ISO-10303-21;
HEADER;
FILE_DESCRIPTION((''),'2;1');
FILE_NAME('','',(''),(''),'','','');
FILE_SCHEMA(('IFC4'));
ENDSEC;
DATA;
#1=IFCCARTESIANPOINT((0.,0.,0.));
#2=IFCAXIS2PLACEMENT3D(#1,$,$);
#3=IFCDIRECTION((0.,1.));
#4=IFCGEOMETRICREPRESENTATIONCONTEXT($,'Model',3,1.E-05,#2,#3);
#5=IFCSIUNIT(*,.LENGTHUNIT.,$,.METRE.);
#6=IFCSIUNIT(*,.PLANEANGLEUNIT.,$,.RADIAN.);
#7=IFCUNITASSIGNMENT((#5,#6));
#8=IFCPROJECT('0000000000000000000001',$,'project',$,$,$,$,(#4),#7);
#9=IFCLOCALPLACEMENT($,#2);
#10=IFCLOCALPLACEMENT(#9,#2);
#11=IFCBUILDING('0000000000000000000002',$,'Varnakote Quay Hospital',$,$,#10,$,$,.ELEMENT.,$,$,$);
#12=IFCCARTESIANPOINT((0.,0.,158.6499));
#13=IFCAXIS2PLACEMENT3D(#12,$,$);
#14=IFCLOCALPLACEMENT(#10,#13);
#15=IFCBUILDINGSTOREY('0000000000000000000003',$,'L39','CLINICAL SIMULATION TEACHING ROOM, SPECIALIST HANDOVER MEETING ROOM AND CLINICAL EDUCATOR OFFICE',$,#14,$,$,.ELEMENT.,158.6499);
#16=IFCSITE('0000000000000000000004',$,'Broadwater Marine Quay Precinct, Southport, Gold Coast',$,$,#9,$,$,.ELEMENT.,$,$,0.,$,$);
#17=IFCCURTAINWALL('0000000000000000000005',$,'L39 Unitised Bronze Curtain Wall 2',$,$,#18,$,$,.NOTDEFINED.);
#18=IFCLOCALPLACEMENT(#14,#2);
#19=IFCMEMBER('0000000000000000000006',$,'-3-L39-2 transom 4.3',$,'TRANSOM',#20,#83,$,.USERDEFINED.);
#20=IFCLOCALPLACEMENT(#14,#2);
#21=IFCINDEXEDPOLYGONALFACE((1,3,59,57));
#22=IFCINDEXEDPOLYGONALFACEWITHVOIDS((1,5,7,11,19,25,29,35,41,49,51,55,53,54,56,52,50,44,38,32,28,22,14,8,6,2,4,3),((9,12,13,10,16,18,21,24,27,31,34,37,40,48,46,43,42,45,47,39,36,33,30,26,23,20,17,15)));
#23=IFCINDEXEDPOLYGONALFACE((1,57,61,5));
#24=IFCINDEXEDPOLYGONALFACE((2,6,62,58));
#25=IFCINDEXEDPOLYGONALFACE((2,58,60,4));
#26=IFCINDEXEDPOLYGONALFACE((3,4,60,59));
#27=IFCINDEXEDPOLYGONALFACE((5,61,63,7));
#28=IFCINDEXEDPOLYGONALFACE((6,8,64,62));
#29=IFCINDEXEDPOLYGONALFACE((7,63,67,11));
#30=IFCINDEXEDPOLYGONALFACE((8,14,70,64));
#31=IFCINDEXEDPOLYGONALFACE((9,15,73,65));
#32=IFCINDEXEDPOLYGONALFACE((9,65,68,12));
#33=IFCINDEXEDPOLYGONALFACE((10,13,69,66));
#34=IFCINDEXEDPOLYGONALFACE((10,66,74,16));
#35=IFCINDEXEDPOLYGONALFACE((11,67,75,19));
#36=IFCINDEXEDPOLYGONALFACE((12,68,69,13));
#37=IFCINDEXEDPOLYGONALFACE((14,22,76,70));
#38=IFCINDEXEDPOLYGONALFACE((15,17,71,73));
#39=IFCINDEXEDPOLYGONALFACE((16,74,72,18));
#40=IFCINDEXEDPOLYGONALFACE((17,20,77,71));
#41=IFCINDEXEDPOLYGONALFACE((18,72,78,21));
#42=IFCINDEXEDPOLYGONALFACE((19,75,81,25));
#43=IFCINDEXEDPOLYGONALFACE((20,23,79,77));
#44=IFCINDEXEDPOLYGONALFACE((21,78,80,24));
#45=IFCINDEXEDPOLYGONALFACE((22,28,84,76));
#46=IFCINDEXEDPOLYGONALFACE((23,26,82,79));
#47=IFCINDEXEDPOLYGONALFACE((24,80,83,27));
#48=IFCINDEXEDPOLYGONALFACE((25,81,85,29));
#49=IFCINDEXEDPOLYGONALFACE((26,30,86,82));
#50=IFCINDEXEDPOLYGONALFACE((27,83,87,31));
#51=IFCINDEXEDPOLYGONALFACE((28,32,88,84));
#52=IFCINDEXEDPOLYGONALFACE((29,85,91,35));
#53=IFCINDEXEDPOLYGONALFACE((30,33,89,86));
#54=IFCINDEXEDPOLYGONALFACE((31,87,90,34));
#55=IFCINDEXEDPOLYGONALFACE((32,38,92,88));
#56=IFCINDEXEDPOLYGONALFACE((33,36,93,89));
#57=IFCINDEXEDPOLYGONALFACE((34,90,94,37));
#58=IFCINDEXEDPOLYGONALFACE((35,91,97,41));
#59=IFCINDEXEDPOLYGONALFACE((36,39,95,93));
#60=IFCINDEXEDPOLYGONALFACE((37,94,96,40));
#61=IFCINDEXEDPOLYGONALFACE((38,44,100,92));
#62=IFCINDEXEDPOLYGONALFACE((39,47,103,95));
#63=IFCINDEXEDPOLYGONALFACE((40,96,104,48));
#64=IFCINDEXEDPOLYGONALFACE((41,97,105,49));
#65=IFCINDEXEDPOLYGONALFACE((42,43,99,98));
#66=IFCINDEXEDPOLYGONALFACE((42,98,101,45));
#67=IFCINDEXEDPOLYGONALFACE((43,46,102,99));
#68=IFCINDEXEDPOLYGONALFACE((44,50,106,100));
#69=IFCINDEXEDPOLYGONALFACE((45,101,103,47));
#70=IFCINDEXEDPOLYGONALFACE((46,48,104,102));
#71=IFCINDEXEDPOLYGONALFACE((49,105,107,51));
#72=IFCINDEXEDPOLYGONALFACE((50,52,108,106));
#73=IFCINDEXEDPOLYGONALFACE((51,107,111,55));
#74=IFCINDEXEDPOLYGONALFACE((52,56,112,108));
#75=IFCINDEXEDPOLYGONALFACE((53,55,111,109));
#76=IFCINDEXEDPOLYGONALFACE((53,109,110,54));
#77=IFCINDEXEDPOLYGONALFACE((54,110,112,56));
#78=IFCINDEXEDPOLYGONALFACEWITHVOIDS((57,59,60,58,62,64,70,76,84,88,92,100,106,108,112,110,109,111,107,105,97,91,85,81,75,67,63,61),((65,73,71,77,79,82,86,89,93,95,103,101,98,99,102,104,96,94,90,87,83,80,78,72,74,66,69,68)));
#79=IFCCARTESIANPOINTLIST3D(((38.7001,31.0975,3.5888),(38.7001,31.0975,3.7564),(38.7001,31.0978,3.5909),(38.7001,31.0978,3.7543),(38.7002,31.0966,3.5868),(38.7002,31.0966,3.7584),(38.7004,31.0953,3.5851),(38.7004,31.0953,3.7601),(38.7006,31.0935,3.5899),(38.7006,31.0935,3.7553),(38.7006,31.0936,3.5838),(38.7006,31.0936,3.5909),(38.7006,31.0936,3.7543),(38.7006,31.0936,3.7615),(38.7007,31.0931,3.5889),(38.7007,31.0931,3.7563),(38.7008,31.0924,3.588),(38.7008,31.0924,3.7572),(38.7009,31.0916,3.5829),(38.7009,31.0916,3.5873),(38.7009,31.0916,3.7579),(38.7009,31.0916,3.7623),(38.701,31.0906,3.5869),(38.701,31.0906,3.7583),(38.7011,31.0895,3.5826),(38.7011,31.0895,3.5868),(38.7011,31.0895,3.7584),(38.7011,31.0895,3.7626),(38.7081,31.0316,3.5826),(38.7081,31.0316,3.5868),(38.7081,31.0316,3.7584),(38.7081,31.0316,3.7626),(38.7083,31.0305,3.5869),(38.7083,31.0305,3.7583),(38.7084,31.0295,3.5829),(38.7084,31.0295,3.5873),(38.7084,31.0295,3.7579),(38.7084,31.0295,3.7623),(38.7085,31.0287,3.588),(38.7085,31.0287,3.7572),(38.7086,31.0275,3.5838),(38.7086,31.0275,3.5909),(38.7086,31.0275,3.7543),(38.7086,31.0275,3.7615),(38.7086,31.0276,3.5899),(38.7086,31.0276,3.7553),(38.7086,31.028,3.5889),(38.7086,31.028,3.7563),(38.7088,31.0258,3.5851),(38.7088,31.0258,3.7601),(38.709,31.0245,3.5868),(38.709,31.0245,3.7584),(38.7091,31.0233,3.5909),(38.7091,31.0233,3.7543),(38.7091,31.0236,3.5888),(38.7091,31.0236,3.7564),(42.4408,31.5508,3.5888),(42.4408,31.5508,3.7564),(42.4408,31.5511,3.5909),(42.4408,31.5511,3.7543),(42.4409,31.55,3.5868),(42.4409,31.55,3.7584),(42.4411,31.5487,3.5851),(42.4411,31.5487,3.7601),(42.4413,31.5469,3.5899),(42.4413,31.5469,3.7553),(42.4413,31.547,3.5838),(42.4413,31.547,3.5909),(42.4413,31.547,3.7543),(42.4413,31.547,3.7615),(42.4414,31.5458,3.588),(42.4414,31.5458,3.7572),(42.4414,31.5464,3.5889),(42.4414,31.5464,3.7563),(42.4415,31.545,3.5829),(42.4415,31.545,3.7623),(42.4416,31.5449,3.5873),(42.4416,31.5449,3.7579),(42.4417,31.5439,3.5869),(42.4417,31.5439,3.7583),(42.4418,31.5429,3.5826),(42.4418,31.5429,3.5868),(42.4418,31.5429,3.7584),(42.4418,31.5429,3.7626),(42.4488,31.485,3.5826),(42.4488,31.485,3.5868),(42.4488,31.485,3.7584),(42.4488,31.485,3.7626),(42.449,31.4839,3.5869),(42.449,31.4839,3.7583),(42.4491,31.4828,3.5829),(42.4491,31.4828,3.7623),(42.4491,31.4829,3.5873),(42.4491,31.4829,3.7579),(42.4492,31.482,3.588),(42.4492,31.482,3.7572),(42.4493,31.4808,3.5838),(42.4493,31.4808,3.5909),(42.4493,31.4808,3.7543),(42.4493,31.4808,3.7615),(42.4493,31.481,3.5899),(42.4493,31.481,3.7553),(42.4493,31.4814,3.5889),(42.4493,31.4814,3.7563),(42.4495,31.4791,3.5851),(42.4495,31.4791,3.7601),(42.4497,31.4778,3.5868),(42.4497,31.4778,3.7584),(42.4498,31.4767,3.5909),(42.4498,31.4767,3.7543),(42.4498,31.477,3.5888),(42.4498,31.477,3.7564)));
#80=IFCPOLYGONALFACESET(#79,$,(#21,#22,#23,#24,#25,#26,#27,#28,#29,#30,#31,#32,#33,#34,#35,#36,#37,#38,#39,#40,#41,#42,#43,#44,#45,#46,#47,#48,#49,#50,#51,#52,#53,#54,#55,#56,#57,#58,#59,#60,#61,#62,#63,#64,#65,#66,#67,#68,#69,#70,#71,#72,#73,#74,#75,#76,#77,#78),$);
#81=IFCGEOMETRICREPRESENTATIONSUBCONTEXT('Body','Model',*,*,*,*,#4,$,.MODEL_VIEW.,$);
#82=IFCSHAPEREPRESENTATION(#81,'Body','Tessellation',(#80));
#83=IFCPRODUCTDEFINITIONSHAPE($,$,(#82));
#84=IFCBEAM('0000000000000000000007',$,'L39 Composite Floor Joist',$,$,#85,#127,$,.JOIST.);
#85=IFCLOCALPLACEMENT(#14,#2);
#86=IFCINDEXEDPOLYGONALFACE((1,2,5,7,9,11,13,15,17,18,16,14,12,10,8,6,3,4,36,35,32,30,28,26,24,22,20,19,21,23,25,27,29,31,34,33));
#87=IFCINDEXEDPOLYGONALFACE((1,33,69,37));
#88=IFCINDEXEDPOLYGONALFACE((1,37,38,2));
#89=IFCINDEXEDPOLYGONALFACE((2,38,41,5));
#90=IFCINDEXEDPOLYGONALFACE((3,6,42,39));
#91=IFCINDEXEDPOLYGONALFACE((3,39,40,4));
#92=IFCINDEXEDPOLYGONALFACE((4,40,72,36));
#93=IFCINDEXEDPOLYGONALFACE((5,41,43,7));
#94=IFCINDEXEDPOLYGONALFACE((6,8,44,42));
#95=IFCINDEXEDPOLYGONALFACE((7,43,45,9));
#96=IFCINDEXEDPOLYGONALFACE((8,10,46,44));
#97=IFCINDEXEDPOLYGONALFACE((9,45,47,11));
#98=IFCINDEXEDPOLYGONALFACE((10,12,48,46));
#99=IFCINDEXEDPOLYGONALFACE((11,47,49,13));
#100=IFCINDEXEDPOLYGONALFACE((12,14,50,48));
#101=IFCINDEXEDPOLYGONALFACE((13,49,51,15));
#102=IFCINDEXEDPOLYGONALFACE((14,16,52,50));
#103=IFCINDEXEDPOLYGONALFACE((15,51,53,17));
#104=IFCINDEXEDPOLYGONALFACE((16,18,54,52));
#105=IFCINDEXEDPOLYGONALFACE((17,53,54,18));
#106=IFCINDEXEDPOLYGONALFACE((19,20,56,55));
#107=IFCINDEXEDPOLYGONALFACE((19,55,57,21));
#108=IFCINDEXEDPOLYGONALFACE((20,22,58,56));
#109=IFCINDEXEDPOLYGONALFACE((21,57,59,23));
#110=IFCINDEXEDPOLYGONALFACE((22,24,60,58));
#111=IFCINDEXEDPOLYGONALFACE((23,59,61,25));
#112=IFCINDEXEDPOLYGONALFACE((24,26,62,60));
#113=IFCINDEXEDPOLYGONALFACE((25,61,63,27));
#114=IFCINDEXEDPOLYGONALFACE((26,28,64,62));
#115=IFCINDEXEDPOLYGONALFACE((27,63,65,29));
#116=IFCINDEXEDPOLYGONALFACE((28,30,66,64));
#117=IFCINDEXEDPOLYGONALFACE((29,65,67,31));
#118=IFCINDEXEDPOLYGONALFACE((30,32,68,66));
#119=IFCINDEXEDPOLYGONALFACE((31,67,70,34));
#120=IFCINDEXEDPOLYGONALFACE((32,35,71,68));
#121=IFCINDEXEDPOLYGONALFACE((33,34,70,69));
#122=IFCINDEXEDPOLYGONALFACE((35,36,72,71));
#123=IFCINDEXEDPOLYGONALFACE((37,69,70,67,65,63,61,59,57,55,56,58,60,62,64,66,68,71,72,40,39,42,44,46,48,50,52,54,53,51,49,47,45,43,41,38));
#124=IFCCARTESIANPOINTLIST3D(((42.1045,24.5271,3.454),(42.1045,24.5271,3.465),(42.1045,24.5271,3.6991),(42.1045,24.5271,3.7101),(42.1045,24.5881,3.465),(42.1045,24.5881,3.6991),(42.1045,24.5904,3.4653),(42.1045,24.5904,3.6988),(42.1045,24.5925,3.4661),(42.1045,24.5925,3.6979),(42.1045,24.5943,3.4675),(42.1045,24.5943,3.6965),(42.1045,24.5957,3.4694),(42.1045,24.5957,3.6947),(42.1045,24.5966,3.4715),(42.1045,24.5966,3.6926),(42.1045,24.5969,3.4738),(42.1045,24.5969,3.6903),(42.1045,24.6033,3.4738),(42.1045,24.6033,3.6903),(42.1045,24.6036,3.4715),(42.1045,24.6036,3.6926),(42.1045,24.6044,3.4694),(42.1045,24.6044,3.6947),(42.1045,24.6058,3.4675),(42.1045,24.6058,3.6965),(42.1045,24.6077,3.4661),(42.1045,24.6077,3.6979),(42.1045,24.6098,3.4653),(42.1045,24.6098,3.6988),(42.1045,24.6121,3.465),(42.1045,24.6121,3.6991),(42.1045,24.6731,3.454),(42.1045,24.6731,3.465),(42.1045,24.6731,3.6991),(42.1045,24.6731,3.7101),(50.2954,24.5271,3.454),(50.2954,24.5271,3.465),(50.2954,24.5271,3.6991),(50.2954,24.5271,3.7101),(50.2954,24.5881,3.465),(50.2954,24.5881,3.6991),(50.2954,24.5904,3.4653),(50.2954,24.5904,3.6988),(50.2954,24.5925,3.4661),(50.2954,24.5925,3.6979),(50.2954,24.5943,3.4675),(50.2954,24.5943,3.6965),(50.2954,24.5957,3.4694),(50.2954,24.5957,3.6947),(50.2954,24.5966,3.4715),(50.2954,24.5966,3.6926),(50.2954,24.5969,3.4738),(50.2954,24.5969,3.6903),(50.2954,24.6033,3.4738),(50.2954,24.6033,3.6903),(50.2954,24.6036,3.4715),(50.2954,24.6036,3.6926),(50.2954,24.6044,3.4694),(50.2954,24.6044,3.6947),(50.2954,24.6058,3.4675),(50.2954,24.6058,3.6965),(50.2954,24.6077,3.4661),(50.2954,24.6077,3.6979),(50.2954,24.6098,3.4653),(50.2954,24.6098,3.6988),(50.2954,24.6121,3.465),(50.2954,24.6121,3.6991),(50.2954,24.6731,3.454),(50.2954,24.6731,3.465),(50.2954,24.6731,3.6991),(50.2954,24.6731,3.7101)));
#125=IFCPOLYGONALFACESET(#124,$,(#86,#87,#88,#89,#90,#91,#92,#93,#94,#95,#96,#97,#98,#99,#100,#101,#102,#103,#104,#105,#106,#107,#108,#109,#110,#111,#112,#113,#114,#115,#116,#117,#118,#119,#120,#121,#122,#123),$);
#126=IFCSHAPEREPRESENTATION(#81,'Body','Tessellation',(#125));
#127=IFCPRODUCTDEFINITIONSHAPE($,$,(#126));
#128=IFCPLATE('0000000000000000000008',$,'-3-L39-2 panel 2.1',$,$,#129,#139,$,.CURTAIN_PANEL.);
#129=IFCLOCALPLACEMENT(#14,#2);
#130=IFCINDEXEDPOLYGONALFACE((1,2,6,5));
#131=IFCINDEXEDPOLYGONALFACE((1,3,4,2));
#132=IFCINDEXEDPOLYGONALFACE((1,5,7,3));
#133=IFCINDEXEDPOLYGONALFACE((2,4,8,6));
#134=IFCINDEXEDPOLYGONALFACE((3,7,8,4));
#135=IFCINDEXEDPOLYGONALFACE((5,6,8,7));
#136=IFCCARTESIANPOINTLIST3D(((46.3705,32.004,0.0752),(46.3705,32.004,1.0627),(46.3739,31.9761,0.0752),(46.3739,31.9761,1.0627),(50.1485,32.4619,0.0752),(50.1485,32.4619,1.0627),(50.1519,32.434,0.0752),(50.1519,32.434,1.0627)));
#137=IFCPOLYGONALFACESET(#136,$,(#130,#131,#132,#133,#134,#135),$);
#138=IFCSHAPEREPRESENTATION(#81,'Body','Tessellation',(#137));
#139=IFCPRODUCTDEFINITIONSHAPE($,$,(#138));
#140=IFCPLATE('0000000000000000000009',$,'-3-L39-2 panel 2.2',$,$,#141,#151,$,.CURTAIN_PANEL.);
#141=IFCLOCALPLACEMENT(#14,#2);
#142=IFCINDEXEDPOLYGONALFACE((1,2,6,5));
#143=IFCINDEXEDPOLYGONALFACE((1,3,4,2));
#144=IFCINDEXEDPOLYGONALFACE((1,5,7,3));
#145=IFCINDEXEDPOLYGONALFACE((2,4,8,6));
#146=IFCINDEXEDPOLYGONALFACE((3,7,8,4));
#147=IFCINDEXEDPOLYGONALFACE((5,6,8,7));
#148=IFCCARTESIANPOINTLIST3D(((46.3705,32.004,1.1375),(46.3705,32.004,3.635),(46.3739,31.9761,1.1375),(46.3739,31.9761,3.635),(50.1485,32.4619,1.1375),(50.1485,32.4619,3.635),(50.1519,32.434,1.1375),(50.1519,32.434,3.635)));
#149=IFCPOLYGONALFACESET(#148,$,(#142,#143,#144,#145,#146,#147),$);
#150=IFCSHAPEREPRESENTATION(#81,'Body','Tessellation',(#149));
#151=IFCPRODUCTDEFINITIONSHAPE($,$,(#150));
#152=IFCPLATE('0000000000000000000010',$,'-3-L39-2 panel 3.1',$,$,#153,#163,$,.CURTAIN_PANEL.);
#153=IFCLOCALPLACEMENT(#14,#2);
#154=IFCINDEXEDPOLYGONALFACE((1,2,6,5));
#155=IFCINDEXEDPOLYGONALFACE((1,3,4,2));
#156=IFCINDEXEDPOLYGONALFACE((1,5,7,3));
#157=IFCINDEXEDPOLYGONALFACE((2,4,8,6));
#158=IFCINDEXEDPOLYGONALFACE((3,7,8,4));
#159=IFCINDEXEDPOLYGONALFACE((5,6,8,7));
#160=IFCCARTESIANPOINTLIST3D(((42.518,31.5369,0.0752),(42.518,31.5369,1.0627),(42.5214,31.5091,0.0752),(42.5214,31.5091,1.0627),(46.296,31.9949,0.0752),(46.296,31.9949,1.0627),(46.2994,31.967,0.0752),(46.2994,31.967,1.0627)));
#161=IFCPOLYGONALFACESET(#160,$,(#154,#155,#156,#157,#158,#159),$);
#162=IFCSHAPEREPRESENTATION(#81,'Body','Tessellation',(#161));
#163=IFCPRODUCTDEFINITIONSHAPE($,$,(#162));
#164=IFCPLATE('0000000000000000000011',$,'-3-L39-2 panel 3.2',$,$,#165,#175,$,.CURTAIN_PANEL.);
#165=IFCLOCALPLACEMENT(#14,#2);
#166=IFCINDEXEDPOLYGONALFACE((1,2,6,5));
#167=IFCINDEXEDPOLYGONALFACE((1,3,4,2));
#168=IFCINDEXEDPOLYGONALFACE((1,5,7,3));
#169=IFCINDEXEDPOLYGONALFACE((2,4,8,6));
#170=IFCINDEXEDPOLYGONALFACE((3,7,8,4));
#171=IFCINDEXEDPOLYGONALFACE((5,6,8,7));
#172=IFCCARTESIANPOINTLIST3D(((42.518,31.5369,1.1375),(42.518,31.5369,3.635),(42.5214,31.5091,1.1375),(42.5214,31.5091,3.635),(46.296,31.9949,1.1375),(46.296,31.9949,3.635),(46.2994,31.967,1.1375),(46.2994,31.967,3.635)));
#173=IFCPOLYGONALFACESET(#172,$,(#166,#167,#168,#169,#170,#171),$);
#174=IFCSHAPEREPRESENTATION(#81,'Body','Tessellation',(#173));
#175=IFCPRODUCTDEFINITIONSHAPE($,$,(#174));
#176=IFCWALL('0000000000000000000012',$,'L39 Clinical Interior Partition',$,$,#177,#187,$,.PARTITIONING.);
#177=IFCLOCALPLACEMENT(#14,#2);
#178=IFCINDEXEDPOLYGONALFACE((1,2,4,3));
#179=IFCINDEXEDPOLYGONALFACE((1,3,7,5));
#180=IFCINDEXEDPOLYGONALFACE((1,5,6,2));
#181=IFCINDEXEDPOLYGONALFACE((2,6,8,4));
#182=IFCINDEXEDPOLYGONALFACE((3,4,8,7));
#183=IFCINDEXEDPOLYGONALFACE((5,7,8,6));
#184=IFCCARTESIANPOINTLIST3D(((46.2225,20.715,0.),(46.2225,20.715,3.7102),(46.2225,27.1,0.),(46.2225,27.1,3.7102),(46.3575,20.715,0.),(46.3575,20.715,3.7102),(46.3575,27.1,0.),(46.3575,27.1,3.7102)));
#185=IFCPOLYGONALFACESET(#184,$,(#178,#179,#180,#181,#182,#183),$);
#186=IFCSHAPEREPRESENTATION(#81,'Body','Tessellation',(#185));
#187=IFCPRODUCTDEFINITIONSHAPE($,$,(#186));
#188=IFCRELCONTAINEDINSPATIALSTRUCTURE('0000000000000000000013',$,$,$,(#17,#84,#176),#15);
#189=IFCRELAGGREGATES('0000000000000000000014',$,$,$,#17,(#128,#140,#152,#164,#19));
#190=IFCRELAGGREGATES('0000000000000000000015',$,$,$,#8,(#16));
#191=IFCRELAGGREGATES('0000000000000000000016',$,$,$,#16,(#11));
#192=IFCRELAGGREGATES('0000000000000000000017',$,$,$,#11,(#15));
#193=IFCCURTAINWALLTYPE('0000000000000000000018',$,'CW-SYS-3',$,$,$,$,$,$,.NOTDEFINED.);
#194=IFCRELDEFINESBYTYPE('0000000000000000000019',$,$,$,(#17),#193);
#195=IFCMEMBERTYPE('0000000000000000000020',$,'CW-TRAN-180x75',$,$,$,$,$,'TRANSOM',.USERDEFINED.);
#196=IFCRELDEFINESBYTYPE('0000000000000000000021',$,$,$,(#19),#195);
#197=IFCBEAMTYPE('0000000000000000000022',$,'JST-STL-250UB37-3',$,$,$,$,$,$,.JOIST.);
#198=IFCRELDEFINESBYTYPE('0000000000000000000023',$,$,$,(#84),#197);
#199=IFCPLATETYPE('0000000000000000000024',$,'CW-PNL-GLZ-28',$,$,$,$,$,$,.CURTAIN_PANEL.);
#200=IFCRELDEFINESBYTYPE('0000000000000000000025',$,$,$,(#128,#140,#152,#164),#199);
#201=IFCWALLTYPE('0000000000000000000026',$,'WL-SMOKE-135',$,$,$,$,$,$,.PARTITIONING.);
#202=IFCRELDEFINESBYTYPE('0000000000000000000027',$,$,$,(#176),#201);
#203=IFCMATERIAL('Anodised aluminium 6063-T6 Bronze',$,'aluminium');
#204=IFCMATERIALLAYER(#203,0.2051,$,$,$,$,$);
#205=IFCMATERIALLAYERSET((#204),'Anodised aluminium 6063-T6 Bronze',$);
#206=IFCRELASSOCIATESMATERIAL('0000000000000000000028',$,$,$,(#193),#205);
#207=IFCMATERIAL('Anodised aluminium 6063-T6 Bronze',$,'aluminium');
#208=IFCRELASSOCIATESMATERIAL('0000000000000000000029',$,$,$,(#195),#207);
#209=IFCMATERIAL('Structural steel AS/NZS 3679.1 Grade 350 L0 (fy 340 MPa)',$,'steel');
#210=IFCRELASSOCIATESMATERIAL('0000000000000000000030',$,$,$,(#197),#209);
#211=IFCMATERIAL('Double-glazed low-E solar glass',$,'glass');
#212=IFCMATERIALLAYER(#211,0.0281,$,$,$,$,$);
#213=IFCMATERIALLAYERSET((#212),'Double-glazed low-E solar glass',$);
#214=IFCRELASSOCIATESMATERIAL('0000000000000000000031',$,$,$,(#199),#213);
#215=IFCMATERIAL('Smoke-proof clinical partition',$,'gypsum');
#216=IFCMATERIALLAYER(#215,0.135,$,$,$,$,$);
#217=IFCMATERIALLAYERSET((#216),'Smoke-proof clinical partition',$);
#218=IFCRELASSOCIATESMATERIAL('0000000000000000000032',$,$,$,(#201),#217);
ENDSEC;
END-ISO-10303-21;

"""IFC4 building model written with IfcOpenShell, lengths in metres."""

from ifc_helpers import new_model, si_unit, direction, frame, frame_2d, origin, origin_2d, place, context, subcontext, project, spatial, rectangle, hollow_rectangle, i_section, extrude, material, layer, layer_set, material_profile, profile_set, type_object, element, aggregate, save


model = new_model("IFC4")

# Units and contexts
model_context = context("Model", 3, precision=1e-05, world=origin(), true_north=direction((0.0, 1.0)))
body_context = subcontext(model_context, "Body", "Model", "MODEL_VIEW")
ifc_project = project(units=[si_unit("LENGTHUNIT", "METRE"), si_unit("PLANEANGLEUNIT", "RADIAN")], contexts=[model_context])

# Site, building, storey
site_placement = place(None, origin())
site = spatial("IfcSite", under=ifc_project, at=site_placement, Name="Broadwater Marine Quay Precinct, Southport, Gold Coast", CompositionType="ELEMENT", RefElevation=0.0)
building_placement = place(site_placement, origin())
building = spatial("IfcBuilding", under=site, at=building_placement, Name="Varnakote Quay Hospital", CompositionType="ELEMENT")
storey_placement = place(building_placement, frame((0.0, 0.0, 158.6499)))
storey = spatial("IfcBuildingStorey", under=building, at=storey_placement, Name="L39", Description="CLINICAL SIMULATION TEACHING ROOM, SPECIALIST HANDOVER MEETING ROOM AND CLINICAL EDUCATOR OFFICE", CompositionType="ELEMENT", Elevation=158.6499)

# Curtain wall, member
ifc_material_1 = material(Name="Anodised aluminium 6063-T6 Bronze", Category="aluminium")
ifc_layer_1 = layer(ifc_material_1, 0.2051)
ifc_layer_set_1 = layer_set([ifc_layer_1], Name="Anodised aluminium 6063-T6 Bronze")
curtain_wall_type = type_object("IfcCurtainWallType", Name="CW-SYS-3", PredefinedType="NOTDEFINED", material=ifc_layer_set_1)
curtain_wall_placement = place(storey_placement, origin())
curtain_wall = element("IfcCurtainWall", 1, at=curtain_wall_placement, inside=storey, type_object=curtain_wall_type, Name="L39 Unitised Bronze Curtain Wall 2", PredefinedType="NOTDEFINED")
ifc_material_2 = material(Name="Anodised aluminium 6063-T6 Bronze", Category="aluminium")
ifc_material_profile_1 = material_profile(ifc_material_2, hollow_rectangle(XDim=0.075, YDim=0.1799, WallThickness=0.0042, InnerFilletRadius=0.0042, OuterFilletRadius=0.0083, at=origin_2d()), Name="CW-TRAN-180x75")
ifc_profile_set_1 = profile_set([ifc_material_profile_1], Name="Anodised aluminium 6063-T6 Bronze")
member_type_1 = type_object("IfcMemberType", Name="CW-TRAN-180x75", ElementType="TRANSOM", PredefinedType="USERDEFINED", material=ifc_profile_set_1)
member_1_placement = place(storey_placement, frame((42.4453, 31.5139, 3.6726), z_axis=(-0.992735, -0.120318, 0.0), x_axis=(0.120318, -0.992735, 0.0)))
member_1 = element("IfcMember", 2, at=member_1_placement, type_object=member_type_1, Name="-3-L39-2 transom 4.3", ObjectType="TRANSOM", PredefinedType="USERDEFINED", context=body_context, shape_type="SweptSolid", body=[
    extrude(hollow_rectangle(XDim=0.075, YDim=0.1799, WallThickness=0.0042, InnerFilletRadius=0.0042, OuterFilletRadius=0.0083, at=origin_2d()), origin(), (0.0, 0.0, 1.0), 3.7681),
])

# Beam
ifc_material_3 = material(Name="Structural steel AS/NZS 3679.1 Grade 350 L0 (fy 340 MPa)", Category="steel")
ifc_material_profile_2 = material_profile(ifc_material_3, i_section(OverallWidth=0.146, OverallDepth=0.2561, WebThickness=0.0063, FlangeThickness=0.011, FilletRadius=0.0088, at=origin_2d()), Name="250UB37.3")
ifc_profile_set_2 = profile_set([ifc_material_profile_2], Name="Structural steel AS/NZS 3679.1 Grade 350 L0 (fy 340 MPa)")
beam_type_1 = type_object("IfcBeamType", Name="JST-STL-250UB37-3", PredefinedType="JOIST", material=ifc_profile_set_2)
beam_1_placement = place(storey_placement, frame((42.1045, 24.6001, 3.582), z_axis=(1.0, 0.0, 0.0), x_axis=(0.0, 1.0, 0.0)))
element("IfcBeam", 3, at=beam_1_placement, inside=storey, type_object=beam_type_1, Name="L39 Composite Floor Joist", PredefinedType="JOIST", context=body_context, shape_type="SweptSolid", body=[
    extrude(i_section(OverallWidth=0.146, OverallDepth=0.2561, WebThickness=0.0063, FlangeThickness=0.011, FilletRadius=0.0088, at=origin_2d()), origin(), (0.0, 0.0, 1.0), 8.1909),
])

# Plates
ifc_material_4 = material(Name="Double-glazed low-E solar glass", Category="glass")
ifc_layer_2 = layer(ifc_material_4, 0.0281)
ifc_layer_set_2 = layer_set([ifc_layer_2], Name="Double-glazed low-E solar glass")
plate_type = type_object("IfcPlateType", Name="CW-PNL-GLZ-28", PredefinedType="CURTAIN_PANEL", material=ifc_layer_set_2)
plate_1_placement = place(storey_placement, frame((48.2612, 32.219, 0.0752), z_axis=(0.0, 0.0, 1.0), x_axis=(-0.992734, -0.120327, 0.0)))
plate_1 = element("IfcPlate", 4, at=plate_1_placement, type_object=plate_type, Name="-3-L39-2 panel 2.1", PredefinedType="CURTAIN_PANEL", context=body_context, shape_type="SweptSolid", body=[
    extrude(rectangle(XDim=3.8057, YDim=0.0281, at=origin_2d()), origin(), (0.0, 0.0, 1.0), 0.9875),
])
plate_2_placement = place(storey_placement, frame((48.2612, 32.219, 1.1375), z_axis=(0.0, 0.0, 1.0), x_axis=(-0.992734, -0.120327, 0.0)))
plate_2 = element("IfcPlate", 5, at=plate_2_placement, type_object=plate_type, Name="-3-L39-2 panel 2.2", PredefinedType="CURTAIN_PANEL", context=body_context, shape_type="SweptSolid", body=[
    extrude(rectangle(XDim=3.8057, YDim=0.0281, at=origin_2d()), origin(), (0.0, 0.0, 1.0), 2.4976),
])
plate_3_placement = place(storey_placement, frame((44.4087, 31.752, 0.0752), z_axis=(0.0, 0.0, 1.0), x_axis=(-0.992734, -0.120327, 0.0)))
plate_3 = element("IfcPlate", 6, at=plate_3_placement, type_object=plate_type, Name="-3-L39-2 panel 3.1", PredefinedType="CURTAIN_PANEL", context=body_context, shape_type="SweptSolid", body=[
    extrude(rectangle(XDim=3.8057, YDim=0.0281, at=origin_2d()), origin(), (0.0, 0.0, 1.0), 0.9875),
])
plate_4_placement = place(storey_placement, frame((44.4087, 31.752, 1.1375), z_axis=(0.0, 0.0, 1.0), x_axis=(-0.992734, -0.120327, 0.0)))
plate_4 = element("IfcPlate", 7, at=plate_4_placement, type_object=plate_type, Name="-3-L39-2 panel 3.2", PredefinedType="CURTAIN_PANEL", context=body_context, shape_type="SweptSolid", body=[
    extrude(rectangle(XDim=3.8057, YDim=0.0281, at=origin_2d()), origin(), (0.0, 0.0, 1.0), 2.4976),
])
aggregate(curtain_wall, [plate_1, plate_2, plate_3, plate_4, member_1])

# Wall
ifc_material_5 = material(Name="Smoke-proof clinical partition", Category="gypsum")
ifc_layer_3 = layer(ifc_material_5, 0.135)
ifc_layer_set_3 = layer_set([ifc_layer_3], Name="Smoke-proof clinical partition")
wall_type_1 = type_object("IfcWallType", Name="WL-SMOKE-135", PredefinedType="PARTITIONING", material=ifc_layer_set_3)
wall_1_placement = place(storey_placement, frame((46.29, 20.7151, 0.0), z_axis=(0.0, 0.0, 1.0), x_axis=(0.0, 1.0, 0.0)))
element("IfcWall", 8, at=wall_1_placement, inside=storey, type_object=wall_type_1, Name="L39 Clinical Interior Partition", PredefinedType="PARTITIONING", context=body_context, shape_type="SweptSolid", body=[
    extrude(rectangle(XDim=6.385, YDim=0.135, at=frame_2d((3.1924, 0.0))), origin(), (0.0, 0.0, 1.0), 3.7102),
])

save(model, "model.ifc")
